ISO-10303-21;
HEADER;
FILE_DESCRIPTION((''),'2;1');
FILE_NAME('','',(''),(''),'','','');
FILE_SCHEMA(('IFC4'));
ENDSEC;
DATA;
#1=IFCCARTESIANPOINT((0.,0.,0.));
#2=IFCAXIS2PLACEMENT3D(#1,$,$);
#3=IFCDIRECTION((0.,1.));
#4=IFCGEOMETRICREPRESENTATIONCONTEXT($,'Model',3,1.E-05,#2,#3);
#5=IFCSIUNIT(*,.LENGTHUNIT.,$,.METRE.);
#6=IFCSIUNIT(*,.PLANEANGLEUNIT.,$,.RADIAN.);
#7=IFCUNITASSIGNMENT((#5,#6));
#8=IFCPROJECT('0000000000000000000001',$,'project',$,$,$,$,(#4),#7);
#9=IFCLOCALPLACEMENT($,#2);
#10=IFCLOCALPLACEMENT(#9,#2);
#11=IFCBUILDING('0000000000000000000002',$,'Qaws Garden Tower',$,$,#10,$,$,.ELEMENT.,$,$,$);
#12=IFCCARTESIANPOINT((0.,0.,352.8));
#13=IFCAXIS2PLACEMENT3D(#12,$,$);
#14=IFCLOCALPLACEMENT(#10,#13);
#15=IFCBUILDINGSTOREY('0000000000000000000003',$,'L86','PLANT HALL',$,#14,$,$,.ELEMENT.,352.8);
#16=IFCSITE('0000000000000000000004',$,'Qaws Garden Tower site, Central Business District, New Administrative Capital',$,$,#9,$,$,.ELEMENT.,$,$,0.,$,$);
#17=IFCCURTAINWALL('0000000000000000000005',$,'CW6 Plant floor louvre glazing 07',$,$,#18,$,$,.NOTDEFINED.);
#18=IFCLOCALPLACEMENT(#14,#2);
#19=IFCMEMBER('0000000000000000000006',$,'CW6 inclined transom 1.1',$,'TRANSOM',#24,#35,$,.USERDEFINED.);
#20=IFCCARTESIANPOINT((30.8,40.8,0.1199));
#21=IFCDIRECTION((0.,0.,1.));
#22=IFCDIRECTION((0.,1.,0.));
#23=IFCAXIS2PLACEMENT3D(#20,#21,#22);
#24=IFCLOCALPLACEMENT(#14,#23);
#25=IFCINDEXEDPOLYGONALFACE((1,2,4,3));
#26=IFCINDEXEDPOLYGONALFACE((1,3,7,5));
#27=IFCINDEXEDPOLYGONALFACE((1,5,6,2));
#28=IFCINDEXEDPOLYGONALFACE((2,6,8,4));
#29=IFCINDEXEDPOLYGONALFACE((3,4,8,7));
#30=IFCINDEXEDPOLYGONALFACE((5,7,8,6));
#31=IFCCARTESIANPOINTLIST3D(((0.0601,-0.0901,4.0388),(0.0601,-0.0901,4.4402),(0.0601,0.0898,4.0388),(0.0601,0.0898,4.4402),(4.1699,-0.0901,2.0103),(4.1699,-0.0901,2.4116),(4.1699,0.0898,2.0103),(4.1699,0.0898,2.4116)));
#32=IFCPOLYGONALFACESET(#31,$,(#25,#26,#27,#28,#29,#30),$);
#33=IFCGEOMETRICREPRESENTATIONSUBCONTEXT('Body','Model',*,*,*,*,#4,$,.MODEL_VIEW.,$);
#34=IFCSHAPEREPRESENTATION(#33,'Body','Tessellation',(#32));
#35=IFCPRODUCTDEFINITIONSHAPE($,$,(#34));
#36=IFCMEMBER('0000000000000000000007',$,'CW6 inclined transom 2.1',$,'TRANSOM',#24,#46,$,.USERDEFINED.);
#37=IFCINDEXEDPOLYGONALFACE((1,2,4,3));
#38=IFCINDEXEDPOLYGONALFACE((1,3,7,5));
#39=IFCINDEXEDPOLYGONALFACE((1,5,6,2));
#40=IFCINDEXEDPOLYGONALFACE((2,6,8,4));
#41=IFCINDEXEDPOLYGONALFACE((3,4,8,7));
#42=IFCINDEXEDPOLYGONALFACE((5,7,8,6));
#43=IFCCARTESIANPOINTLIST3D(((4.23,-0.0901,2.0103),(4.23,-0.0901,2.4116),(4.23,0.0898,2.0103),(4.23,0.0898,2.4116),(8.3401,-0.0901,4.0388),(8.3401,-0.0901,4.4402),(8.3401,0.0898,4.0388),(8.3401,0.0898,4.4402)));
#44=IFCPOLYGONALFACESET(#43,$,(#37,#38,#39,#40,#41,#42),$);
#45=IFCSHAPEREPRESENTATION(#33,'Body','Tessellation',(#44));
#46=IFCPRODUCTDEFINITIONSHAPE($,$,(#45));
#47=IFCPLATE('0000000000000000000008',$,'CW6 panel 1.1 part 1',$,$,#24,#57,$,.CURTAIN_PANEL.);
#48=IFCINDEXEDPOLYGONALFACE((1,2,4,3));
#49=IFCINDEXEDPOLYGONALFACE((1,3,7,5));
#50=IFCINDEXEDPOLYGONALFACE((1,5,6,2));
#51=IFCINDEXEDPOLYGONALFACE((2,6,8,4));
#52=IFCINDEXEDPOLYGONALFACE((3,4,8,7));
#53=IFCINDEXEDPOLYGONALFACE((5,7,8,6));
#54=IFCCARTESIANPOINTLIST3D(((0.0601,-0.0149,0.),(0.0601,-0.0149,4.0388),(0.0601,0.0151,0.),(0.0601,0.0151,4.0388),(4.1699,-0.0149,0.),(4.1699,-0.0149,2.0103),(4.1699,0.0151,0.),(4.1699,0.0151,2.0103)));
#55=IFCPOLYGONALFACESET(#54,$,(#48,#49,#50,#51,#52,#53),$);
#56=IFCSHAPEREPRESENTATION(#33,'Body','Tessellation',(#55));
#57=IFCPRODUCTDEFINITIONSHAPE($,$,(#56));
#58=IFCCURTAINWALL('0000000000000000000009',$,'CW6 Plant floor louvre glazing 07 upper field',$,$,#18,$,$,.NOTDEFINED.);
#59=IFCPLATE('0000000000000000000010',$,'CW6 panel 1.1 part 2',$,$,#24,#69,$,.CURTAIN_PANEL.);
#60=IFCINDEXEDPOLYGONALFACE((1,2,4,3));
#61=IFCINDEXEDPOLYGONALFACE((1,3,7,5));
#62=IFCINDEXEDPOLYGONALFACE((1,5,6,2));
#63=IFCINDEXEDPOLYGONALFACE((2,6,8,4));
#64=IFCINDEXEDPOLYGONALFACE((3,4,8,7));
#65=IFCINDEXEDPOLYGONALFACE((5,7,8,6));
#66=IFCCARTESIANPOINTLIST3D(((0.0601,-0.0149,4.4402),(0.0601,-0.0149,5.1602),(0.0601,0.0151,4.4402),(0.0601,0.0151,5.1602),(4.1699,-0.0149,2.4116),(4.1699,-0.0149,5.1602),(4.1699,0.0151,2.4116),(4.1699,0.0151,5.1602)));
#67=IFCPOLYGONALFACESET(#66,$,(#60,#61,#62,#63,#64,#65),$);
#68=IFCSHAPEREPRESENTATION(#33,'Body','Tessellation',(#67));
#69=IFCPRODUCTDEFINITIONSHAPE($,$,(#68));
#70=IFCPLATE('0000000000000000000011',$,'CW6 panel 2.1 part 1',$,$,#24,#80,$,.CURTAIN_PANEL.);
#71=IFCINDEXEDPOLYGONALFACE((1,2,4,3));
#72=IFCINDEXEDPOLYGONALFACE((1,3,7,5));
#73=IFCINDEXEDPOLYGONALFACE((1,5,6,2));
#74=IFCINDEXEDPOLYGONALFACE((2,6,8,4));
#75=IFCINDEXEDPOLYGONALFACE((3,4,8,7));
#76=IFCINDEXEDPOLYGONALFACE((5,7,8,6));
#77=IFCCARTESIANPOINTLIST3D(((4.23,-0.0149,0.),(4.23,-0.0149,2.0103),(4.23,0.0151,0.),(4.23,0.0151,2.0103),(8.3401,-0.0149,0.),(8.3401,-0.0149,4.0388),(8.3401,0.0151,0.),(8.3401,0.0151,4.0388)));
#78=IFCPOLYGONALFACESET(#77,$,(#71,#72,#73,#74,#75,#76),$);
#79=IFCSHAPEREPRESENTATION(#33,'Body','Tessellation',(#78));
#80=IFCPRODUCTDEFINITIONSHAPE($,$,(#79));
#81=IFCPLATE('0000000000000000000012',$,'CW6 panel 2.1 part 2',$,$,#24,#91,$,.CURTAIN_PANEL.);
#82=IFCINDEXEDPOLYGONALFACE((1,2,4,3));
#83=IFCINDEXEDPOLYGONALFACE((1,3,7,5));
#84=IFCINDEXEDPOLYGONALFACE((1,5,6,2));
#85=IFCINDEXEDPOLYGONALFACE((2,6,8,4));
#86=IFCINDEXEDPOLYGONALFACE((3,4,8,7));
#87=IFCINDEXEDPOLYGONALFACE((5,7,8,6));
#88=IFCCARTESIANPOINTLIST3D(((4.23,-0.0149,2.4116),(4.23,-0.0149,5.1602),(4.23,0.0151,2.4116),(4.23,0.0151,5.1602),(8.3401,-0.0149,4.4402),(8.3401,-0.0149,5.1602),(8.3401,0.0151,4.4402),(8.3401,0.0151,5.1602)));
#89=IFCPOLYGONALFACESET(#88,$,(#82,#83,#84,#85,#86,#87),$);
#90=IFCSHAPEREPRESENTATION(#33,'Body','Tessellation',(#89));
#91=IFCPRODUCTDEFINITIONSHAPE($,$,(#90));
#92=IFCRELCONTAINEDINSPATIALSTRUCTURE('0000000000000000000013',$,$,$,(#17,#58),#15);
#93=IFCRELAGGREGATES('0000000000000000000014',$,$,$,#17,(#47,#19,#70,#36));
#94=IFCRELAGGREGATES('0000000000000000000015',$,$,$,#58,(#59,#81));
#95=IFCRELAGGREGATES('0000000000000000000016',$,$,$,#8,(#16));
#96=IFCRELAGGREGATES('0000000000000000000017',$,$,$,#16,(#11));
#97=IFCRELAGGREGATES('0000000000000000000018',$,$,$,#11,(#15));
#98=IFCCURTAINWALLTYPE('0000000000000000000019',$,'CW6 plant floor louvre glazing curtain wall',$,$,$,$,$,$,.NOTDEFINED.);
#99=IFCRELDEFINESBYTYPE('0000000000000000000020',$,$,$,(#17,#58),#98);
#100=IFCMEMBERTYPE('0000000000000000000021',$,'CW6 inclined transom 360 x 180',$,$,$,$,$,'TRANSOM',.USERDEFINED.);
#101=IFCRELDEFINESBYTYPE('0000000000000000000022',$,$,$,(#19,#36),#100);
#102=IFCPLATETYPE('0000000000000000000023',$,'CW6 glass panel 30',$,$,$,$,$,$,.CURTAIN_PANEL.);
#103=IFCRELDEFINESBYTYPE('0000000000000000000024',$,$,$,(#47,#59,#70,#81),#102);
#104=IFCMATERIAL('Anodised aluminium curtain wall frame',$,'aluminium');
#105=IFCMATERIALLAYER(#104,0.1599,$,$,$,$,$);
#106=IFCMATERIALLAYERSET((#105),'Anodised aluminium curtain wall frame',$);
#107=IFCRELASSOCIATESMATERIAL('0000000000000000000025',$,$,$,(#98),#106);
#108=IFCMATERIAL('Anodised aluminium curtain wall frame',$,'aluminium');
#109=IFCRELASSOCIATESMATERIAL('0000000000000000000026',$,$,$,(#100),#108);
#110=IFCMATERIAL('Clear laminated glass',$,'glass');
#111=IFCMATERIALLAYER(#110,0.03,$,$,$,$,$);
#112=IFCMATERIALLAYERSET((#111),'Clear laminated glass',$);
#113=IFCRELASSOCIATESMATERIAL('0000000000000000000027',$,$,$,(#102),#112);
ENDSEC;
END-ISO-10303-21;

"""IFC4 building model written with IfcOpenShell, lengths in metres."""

from ifc_helpers import new_model, si_unit, direction, frame, origin, origin_2d, place, context, subcontext, project, spatial, polyline, rectangle, outline, extrude, material, layer, layer_set, material_profile, profile_set, type_object, element, aggregate, save


model = new_model("IFC4")

# Units and contexts
model_context = context("Model", 3, precision=1e-05, world=origin(), true_north=direction((0.0, 1.0)))
body_context = subcontext(model_context, "Body", "Model", "MODEL_VIEW")
ifc_project = project(units=[si_unit("LENGTHUNIT", "METRE"), si_unit("PLANEANGLEUNIT", "RADIAN")], contexts=[model_context])

# Site, building, storey
site_placement = place(None, origin())
site = spatial("IfcSite", under=ifc_project, at=site_placement, Name="Qaws Garden Tower site, Central Business District, New Administrative Capital", CompositionType="ELEMENT", RefElevation=0.0)
building_placement = place(site_placement, origin())
building = spatial("IfcBuilding", under=site, at=building_placement, Name="Qaws Garden Tower", CompositionType="ELEMENT")
storey_placement = place(building_placement, frame((0.0, 0.0, 352.8)))
storey = spatial("IfcBuildingStorey", under=building, at=storey_placement, Name="L86", Description="PLANT HALL", CompositionType="ELEMENT", Elevation=352.8)

# Curtain wall, members
ifc_material_1 = material(Name="Anodised aluminium curtain wall frame", Category="aluminium")
ifc_layer_1 = layer(ifc_material_1, 0.1599)
ifc_layer_set_1 = layer_set([ifc_layer_1], Name="Anodised aluminium curtain wall frame")
curtain_wall_type = type_object("IfcCurtainWallType", Name="CW6 plant floor louvre glazing curtain wall", PredefinedType="NOTDEFINED", material=ifc_layer_set_1)
placement_1 = place(storey_placement, origin())
curtain_wall_1 = element("IfcCurtainWall", 1, at=placement_1, inside=storey, type_object=curtain_wall_type, Name="CW6 Plant floor louvre glazing 07", PredefinedType="NOTDEFINED")
ifc_material_2 = material(Name="Anodised aluminium curtain wall frame", Category="aluminium")
ifc_material_profile_1 = material_profile(ifc_material_2, rectangle(XDim=0.1799, YDim=0.3601, at=origin_2d()), Name="AL 180x360")
ifc_profile_set_1 = profile_set([ifc_material_profile_1], Name="Anodised aluminium curtain wall frame")
member_type_1 = type_object("IfcMemberType", Name="CW6 inclined transom 360 x 180", ElementType="TRANSOM", PredefinedType="USERDEFINED", material=ifc_profile_set_1)
placement_2 = place(storey_placement, frame((30.8, 40.8, 0.1199), z_axis=(0.0, 0.0, 1.0), x_axis=(0.0, 1.0, 0.0)))
member_1 = element("IfcMember", 2, at=placement_2, type_object=member_type_1, Name="CW6 inclined transom 1.1", ObjectType="TRANSOM", PredefinedType="USERDEFINED", context=body_context, shape_type="SweptSolid", body=[
    extrude(outline(polyline([(0.0601, 4.0388), (4.1699, 2.0103), (4.1699, 2.4116), (0.0601, 4.4402), (0.0601, 4.0388)])), frame((0.0, 0.0898, 0.0), z_axis=(0.0, -1.0, 0.0), x_axis=(1.0, 0.0, 0.0)), (0.0, 0.0, 1.0), 0.1799),
])
member_2 = element("IfcMember", 3, at=placement_2, type_object=member_type_1, Name="CW6 inclined transom 2.1", ObjectType="TRANSOM", PredefinedType="USERDEFINED", context=body_context, shape_type="SweptSolid", body=[
    extrude(outline(polyline([(4.23, 2.0103), (8.3401, 4.0388), (8.3401, 4.4402), (4.23, 2.4116), (4.23, 2.0103)])), frame((0.0, 0.0898, 0.0), z_axis=(0.0, -1.0, 0.0), x_axis=(1.0, 0.0, 0.0)), (0.0, 0.0, 1.0), 0.1799),
])

# Plate
ifc_material_3 = material(Name="Clear laminated glass", Category="glass")
ifc_layer_2 = layer(ifc_material_3, 0.03)
ifc_layer_set_2 = layer_set([ifc_layer_2], Name="Clear laminated glass")
plate_type = type_object("IfcPlateType", Name="CW6 glass panel 30", PredefinedType="CURTAIN_PANEL", material=ifc_layer_set_2)
plate_1 = element("IfcPlate", 4, at=placement_2, type_object=plate_type, Name="CW6 panel 1.1 part 1", PredefinedType="CURTAIN_PANEL", context=body_context, shape_type="SweptSolid", body=[
    extrude(outline(polyline([(4.1699, 0.0), (4.1699, 2.0103), (0.0601, 4.0388), (0.0601, 0.0), (4.1699, 0.0)])), frame((0.0, 0.0151, 0.0), z_axis=(0.0, -1.0, 0.0), x_axis=(1.0, 0.0, 0.0)), (0.0, 0.0, 1.0), 0.03),
])

# Curtain wall, plate
curtain_wall_2 = element("IfcCurtainWall", 5, at=placement_1, inside=storey, type_object=curtain_wall_type, Name="CW6 Plant floor louvre glazing 07 upper field", PredefinedType="NOTDEFINED")
plate_2 = element("IfcPlate", 6, at=placement_2, type_object=plate_type, Name="CW6 panel 1.1 part 2", PredefinedType="CURTAIN_PANEL", context=body_context, shape_type="SweptSolid", body=[
    extrude(outline(polyline([(0.0601, 5.1602), (0.0601, 4.4402), (4.1699, 2.4116), (4.1699, 5.1602), (0.0601, 5.1602)])), frame((0.0, 0.0151, 0.0), z_axis=(0.0, -1.0, 0.0), x_axis=(1.0, 0.0, 0.0)), (0.0, 0.0, 1.0), 0.03),
])

# Plates
plate_3 = element("IfcPlate", 7, at=placement_2, type_object=plate_type, Name="CW6 panel 2.1 part 1", PredefinedType="CURTAIN_PANEL", context=body_context, shape_type="SweptSolid", body=[
    extrude(outline(polyline([(8.3401, 0.0), (8.3401, 4.0388), (4.23, 2.0103), (4.23, 0.0), (8.3401, 0.0)])), frame((0.0, 0.0151, 0.0), z_axis=(0.0, -1.0, 0.0), x_axis=(1.0, 0.0, 0.0)), (0.0, 0.0, 1.0), 0.03),
])
aggregate(curtain_wall_1, [plate_1, member_1, plate_3, member_2])
plate_4 = element("IfcPlate", 8, at=placement_2, type_object=plate_type, Name="CW6 panel 2.1 part 2", PredefinedType="CURTAIN_PANEL", context=body_context, shape_type="SweptSolid", body=[
    extrude(outline(polyline([(4.23, 5.1602), (4.23, 2.4116), (8.3401, 4.4402), (8.3401, 5.1602), (4.23, 5.1602)])), frame((0.0, 0.0151, 0.0), z_axis=(0.0, -1.0, 0.0), x_axis=(1.0, 0.0, 0.0)), (0.0, 0.0, 1.0), 0.03),
])
aggregate(curtain_wall_2, [plate_2, plate_4])

save(model, "model.ifc")
